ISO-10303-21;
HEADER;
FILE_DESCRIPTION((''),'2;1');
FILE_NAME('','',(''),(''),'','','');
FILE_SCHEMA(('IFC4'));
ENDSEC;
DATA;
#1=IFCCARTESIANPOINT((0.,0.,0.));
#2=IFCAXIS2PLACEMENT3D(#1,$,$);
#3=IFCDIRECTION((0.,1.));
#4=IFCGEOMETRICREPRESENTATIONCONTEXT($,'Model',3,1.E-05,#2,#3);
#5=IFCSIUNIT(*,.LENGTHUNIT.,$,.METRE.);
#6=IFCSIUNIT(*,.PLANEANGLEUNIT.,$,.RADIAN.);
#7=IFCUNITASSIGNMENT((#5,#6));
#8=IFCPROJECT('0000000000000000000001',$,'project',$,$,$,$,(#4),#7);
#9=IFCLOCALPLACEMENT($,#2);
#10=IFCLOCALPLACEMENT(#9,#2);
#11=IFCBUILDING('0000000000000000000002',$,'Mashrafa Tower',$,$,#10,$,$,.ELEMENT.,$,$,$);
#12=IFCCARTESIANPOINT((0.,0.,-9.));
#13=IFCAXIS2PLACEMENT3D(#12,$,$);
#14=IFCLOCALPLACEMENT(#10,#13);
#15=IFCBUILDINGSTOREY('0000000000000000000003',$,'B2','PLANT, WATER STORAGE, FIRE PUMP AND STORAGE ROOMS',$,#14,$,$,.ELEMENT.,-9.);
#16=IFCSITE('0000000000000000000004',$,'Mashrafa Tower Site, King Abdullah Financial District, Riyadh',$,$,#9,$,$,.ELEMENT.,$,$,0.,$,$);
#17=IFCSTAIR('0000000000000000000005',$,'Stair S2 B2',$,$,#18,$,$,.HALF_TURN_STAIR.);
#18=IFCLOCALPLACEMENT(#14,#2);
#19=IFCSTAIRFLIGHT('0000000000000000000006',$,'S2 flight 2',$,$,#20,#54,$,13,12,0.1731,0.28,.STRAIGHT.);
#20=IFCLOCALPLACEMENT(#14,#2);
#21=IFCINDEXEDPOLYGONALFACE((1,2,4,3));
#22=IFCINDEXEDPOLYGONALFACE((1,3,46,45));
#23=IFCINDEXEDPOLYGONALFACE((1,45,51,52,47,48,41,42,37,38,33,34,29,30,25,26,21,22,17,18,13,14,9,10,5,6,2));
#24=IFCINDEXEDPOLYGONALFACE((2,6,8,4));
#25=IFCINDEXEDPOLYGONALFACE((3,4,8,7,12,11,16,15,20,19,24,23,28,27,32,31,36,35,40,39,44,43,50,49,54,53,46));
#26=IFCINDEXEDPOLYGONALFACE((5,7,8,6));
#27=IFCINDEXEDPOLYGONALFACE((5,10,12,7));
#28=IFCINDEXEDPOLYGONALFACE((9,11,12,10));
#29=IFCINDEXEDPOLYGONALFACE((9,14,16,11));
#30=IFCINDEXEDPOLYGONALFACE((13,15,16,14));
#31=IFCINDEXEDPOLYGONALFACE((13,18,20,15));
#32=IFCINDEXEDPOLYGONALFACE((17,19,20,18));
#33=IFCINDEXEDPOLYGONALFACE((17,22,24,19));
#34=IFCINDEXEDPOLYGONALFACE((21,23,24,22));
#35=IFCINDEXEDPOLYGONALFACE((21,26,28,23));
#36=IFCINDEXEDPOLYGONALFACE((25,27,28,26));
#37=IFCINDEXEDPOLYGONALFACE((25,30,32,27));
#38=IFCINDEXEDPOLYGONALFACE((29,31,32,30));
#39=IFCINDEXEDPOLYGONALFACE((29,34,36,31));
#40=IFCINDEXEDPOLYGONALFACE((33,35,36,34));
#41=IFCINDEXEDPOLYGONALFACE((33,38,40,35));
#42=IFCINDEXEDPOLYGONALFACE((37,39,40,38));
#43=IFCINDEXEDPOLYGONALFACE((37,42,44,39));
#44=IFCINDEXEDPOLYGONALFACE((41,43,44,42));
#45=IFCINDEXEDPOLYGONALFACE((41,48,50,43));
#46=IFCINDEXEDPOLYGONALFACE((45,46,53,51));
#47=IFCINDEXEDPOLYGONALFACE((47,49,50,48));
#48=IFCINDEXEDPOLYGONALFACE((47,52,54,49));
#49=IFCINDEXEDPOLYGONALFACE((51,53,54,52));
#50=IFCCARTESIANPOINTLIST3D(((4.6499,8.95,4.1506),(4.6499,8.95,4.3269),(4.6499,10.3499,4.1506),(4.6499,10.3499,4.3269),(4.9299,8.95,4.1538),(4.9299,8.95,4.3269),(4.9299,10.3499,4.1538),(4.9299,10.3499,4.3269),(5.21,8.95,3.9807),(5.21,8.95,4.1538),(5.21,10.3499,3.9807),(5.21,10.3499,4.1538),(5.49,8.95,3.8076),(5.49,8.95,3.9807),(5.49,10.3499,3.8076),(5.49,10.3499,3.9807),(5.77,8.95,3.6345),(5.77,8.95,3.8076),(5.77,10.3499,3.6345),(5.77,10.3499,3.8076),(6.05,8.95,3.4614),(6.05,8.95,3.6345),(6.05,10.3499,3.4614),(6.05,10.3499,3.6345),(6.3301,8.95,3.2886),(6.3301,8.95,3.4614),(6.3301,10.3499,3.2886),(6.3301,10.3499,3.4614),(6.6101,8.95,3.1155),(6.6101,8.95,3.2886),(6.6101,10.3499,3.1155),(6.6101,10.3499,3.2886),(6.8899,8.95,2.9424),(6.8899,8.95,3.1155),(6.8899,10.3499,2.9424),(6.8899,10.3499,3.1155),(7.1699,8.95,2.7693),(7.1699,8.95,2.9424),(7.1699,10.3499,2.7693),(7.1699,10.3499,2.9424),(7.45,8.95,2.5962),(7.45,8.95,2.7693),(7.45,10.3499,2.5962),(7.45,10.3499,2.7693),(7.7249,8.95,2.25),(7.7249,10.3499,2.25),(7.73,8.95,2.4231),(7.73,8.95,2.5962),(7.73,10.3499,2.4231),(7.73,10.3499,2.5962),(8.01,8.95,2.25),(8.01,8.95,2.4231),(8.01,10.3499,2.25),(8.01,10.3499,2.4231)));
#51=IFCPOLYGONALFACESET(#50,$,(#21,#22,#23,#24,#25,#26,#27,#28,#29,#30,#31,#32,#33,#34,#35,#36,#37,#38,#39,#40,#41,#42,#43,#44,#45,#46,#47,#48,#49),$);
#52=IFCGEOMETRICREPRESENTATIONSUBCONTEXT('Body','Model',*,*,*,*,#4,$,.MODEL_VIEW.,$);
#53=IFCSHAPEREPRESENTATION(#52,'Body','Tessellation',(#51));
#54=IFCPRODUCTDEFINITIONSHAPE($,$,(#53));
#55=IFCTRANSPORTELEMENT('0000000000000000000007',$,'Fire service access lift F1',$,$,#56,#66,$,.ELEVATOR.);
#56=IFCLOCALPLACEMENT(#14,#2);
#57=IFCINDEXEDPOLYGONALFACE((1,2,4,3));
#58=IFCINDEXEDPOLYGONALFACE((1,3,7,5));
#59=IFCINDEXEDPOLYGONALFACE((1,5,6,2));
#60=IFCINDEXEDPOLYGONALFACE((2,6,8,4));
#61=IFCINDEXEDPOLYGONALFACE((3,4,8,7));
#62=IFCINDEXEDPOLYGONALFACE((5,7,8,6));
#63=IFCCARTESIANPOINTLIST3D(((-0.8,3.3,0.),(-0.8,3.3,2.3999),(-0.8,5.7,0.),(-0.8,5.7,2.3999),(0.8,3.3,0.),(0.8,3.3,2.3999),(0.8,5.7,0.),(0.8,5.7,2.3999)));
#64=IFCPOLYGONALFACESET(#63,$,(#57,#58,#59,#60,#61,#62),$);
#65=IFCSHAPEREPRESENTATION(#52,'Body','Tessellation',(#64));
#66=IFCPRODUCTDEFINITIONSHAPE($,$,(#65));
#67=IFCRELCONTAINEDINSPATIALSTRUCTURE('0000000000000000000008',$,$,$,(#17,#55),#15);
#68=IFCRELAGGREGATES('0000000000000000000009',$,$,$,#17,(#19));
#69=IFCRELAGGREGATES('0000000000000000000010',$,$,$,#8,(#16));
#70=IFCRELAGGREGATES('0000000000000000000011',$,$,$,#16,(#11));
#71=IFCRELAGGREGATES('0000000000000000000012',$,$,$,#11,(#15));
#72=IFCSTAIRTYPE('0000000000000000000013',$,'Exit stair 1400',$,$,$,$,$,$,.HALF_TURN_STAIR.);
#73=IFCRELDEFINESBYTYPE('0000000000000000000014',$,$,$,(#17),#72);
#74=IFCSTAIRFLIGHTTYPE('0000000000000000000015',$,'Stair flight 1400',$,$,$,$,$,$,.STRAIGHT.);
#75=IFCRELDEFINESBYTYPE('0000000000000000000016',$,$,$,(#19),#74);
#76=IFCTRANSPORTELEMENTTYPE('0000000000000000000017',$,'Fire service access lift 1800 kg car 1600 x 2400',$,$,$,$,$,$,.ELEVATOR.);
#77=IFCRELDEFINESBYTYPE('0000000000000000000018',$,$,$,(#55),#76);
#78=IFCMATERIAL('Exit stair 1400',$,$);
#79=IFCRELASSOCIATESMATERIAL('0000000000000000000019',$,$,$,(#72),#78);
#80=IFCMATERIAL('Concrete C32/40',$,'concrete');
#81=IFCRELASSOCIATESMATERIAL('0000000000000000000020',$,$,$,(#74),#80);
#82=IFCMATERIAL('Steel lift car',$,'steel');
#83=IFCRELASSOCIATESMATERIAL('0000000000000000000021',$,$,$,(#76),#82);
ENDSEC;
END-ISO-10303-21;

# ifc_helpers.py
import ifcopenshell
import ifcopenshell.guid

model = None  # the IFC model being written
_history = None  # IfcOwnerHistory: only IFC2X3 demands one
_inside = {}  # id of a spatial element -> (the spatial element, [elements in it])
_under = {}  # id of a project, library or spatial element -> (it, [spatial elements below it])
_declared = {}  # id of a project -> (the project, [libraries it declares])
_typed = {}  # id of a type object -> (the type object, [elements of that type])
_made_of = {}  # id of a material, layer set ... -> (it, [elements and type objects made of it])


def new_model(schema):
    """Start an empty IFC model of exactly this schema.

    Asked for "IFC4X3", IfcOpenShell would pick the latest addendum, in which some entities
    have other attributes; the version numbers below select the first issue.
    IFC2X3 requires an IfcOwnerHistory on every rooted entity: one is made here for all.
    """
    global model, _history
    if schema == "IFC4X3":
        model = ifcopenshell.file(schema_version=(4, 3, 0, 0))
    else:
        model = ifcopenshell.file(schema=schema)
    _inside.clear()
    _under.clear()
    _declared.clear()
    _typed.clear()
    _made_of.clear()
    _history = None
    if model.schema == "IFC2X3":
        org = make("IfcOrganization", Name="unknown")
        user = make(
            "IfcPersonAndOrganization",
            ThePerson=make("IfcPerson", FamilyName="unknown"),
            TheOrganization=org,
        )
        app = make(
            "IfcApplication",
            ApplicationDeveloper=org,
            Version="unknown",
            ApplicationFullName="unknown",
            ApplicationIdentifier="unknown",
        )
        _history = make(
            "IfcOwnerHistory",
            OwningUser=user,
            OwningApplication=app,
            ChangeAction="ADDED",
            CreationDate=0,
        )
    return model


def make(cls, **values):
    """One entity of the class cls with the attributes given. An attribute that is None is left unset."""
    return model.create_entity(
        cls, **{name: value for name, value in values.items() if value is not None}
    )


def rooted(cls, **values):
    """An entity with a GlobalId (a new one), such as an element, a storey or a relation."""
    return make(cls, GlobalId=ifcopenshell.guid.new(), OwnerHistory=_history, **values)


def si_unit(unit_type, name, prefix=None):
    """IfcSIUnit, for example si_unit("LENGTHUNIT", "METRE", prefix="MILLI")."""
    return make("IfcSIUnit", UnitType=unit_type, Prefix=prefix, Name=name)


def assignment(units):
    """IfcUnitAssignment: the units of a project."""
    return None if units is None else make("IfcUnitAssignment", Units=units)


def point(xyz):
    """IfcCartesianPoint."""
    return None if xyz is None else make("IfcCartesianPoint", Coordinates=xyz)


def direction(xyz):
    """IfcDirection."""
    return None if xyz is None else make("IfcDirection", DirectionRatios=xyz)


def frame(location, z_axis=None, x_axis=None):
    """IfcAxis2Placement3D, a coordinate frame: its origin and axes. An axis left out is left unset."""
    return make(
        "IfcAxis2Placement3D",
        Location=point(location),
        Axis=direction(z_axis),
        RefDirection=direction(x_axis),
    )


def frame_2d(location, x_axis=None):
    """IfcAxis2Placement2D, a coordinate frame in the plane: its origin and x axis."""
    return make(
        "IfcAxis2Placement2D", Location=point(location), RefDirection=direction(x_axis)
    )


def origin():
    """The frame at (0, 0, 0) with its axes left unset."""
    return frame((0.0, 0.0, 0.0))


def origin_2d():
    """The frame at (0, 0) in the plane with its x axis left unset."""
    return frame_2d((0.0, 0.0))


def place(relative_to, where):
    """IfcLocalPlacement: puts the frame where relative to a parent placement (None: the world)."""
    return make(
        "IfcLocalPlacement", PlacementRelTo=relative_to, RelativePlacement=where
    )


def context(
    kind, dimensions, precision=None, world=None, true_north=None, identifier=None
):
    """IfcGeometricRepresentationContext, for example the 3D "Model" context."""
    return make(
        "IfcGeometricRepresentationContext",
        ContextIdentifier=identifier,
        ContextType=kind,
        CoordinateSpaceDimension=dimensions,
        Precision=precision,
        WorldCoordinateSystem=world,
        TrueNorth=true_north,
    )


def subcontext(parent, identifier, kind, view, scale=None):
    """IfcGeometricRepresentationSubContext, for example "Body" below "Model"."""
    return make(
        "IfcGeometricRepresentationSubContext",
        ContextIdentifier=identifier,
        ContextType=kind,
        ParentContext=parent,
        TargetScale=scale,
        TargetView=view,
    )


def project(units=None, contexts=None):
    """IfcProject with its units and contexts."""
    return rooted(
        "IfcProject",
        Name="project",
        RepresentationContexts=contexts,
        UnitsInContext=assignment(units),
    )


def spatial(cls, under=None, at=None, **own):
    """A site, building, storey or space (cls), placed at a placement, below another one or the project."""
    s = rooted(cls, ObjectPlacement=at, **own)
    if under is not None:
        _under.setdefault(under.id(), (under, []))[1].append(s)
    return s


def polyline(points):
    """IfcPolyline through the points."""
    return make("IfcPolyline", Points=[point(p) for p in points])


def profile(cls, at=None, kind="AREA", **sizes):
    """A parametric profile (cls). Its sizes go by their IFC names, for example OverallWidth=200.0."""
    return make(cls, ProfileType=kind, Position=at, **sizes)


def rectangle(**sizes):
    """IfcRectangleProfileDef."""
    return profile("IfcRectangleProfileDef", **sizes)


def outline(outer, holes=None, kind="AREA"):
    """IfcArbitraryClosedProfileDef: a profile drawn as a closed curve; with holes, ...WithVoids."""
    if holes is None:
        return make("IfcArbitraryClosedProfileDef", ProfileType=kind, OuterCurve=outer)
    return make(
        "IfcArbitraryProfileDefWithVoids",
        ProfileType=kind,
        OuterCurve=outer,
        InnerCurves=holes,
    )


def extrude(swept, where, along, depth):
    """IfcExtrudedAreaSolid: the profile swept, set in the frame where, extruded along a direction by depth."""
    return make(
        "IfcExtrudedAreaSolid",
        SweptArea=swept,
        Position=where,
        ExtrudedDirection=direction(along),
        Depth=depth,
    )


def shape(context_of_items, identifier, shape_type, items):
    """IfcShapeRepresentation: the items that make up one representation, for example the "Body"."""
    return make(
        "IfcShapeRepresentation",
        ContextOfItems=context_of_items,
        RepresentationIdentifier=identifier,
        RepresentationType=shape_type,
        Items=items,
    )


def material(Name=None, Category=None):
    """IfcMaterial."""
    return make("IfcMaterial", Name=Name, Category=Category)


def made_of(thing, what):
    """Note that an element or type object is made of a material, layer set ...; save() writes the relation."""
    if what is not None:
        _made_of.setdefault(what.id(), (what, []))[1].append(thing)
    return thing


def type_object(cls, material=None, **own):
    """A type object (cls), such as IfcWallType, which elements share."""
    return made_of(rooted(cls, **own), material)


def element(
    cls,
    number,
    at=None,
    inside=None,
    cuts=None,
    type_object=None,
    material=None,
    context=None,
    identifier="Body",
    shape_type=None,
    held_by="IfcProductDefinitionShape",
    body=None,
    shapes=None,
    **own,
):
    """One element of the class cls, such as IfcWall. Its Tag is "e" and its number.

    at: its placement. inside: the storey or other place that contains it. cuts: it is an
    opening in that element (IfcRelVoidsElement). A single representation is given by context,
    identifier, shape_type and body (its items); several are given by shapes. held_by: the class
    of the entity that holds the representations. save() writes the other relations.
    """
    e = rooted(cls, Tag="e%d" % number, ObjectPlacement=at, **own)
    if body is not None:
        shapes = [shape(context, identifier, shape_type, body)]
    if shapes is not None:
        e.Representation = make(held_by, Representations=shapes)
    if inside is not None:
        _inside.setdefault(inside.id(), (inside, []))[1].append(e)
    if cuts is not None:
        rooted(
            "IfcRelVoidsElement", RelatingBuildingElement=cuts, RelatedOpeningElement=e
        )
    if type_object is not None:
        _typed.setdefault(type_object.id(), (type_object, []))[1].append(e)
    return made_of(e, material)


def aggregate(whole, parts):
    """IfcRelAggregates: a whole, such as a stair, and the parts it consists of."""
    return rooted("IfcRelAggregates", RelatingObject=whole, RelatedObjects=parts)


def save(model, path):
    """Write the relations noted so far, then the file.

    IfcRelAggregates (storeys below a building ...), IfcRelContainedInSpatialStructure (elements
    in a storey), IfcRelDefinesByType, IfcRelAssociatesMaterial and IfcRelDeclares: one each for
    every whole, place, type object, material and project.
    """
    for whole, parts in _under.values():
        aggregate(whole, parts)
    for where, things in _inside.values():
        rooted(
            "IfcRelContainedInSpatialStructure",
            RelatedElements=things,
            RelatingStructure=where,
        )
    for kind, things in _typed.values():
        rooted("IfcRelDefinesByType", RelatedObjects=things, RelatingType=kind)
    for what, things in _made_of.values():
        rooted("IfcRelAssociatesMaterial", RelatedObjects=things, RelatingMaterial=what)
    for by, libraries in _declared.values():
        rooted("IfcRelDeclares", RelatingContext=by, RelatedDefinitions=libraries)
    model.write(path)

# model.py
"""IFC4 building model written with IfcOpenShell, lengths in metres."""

from ifc_helpers import new_model, si_unit, direction, frame, origin, origin_2d, place, context, subcontext, project, spatial, polyline, rectangle, outline, extrude, material, type_object, element, aggregate, save


model = new_model("IFC4")

# Units and contexts
model_context = context("Model", 3, precision=1e-05, world=origin(), true_north=direction((0.0, 1.0)))
body_context = subcontext(model_context, "Body", "Model", "MODEL_VIEW")
ifc_project = project(units=[si_unit("LENGTHUNIT", "METRE"), si_unit("PLANEANGLEUNIT", "RADIAN")], contexts=[model_context])

# Site, building, storey
site_placement = place(None, origin())
site = spatial("IfcSite", under=ifc_project, at=site_placement, Name="Mashrafa Tower Site, King Abdullah Financial District, Riyadh", CompositionType="ELEMENT", RefElevation=0.0)
building_placement = place(site_placement, origin())
building = spatial("IfcBuilding", under=site, at=building_placement, Name="Mashrafa Tower", CompositionType="ELEMENT")
storey_placement = place(building_placement, frame((0.0, 0.0, -9.0)))
storey = spatial("IfcBuildingStorey", under=building, at=storey_placement, Name="B2", Description="PLANT, WATER STORAGE, FIRE PUMP AND STORAGE ROOMS", CompositionType="ELEMENT", Elevation=-9.0)

# Stair
ifc_material_1 = material(Name="Exit stair 1400")
stair_type_1 = type_object("IfcStairType", Name="Exit stair 1400", PredefinedType="HALF_TURN_STAIR", material=ifc_material_1)
stair_1_placement = place(storey_placement, origin())
stair_1 = element("IfcStair", 1, at=stair_1_placement, inside=storey, type_object=stair_type_1, Name="Stair S2 B2", PredefinedType="HALF_TURN_STAIR")

# Stair flight
ifc_material_2 = material(Name="Concrete C32/40", Category="concrete")
stair_flight_type = type_object("IfcStairFlightType", Name="Stair flight 1400", PredefinedType="STRAIGHT", material=ifc_material_2)
stair_flight_1_placement = place(storey_placement, frame((8.01, 9.6499, 2.25), z_axis=(0.0, 0.0, 1.0), x_axis=(-1.0, 0.0, 0.0)))
stair_flight_1 = element("IfcStairFlight", 2, at=stair_flight_1_placement, type_object=stair_flight_type, Name="S2 flight 2", NumberOfRisers=13, NumberOfTreads=12, PredefinedType="STRAIGHT", RiserHeight=0.1731, TreadLength=0.28, context=body_context, shape_type="SweptSolid", body=[
    extrude(outline(polyline([(0.0, 0.0), (0.0, 0.1731), (0.28, 0.1731), (0.28, 0.3462), (0.5601, 0.3462), (0.5601, 0.5193), (0.8401, 0.5193), (0.8401, 0.6924), (1.1201, 0.6924), (1.1201, 0.8655), (1.3999, 0.8655), (1.3999, 1.0386), (1.6799, 1.0386), (1.6799, 1.2114), (1.96, 1.2114), (1.96, 1.3845), (2.24, 1.3845), (2.24, 1.5576), (2.52, 1.5576), (2.52, 1.7307), (2.8, 1.7307), (2.8, 1.9038), (3.0801, 1.9038), (3.0801, 2.0769), (3.3601, 2.0769), (3.3601, 2.25), (3.3601, 1.9006), (0.2852, 0.0), (0.0, 0.0)])), frame((0.0, 0.7, 0.0), z_axis=(0.0, -1.0, 0.0), x_axis=(1.0, 0.0, 0.0)), (0.0, 0.0, 1.0), 1.3999),
])
aggregate(stair_1, [stair_flight_1])

# Transport element
ifc_material_3 = material(Name="Steel lift car", Category="steel")
transport_element_type = type_object("IfcTransportElementType", Name="Fire service access lift 1800 kg car 1600 x 2400", PredefinedType="ELEVATOR", material=ifc_material_3)
transport_element_placement = place(storey_placement, frame((0.0, 4.5, 0.0), z_axis=(0.0, 0.0, 1.0), x_axis=(1.0, 0.0, 0.0)))
element("IfcTransportElement", 3, at=transport_element_placement, inside=storey, type_object=transport_element_type, Name="Fire service access lift F1", PredefinedType="ELEVATOR", context=body_context, shape_type="SweptSolid", body=[
    extrude(rectangle(XDim=1.6001, YDim=2.3999, at=origin_2d()), origin(), (0.0, 0.0, 1.0), 2.3999),
])

save(model, "model.ifc")
